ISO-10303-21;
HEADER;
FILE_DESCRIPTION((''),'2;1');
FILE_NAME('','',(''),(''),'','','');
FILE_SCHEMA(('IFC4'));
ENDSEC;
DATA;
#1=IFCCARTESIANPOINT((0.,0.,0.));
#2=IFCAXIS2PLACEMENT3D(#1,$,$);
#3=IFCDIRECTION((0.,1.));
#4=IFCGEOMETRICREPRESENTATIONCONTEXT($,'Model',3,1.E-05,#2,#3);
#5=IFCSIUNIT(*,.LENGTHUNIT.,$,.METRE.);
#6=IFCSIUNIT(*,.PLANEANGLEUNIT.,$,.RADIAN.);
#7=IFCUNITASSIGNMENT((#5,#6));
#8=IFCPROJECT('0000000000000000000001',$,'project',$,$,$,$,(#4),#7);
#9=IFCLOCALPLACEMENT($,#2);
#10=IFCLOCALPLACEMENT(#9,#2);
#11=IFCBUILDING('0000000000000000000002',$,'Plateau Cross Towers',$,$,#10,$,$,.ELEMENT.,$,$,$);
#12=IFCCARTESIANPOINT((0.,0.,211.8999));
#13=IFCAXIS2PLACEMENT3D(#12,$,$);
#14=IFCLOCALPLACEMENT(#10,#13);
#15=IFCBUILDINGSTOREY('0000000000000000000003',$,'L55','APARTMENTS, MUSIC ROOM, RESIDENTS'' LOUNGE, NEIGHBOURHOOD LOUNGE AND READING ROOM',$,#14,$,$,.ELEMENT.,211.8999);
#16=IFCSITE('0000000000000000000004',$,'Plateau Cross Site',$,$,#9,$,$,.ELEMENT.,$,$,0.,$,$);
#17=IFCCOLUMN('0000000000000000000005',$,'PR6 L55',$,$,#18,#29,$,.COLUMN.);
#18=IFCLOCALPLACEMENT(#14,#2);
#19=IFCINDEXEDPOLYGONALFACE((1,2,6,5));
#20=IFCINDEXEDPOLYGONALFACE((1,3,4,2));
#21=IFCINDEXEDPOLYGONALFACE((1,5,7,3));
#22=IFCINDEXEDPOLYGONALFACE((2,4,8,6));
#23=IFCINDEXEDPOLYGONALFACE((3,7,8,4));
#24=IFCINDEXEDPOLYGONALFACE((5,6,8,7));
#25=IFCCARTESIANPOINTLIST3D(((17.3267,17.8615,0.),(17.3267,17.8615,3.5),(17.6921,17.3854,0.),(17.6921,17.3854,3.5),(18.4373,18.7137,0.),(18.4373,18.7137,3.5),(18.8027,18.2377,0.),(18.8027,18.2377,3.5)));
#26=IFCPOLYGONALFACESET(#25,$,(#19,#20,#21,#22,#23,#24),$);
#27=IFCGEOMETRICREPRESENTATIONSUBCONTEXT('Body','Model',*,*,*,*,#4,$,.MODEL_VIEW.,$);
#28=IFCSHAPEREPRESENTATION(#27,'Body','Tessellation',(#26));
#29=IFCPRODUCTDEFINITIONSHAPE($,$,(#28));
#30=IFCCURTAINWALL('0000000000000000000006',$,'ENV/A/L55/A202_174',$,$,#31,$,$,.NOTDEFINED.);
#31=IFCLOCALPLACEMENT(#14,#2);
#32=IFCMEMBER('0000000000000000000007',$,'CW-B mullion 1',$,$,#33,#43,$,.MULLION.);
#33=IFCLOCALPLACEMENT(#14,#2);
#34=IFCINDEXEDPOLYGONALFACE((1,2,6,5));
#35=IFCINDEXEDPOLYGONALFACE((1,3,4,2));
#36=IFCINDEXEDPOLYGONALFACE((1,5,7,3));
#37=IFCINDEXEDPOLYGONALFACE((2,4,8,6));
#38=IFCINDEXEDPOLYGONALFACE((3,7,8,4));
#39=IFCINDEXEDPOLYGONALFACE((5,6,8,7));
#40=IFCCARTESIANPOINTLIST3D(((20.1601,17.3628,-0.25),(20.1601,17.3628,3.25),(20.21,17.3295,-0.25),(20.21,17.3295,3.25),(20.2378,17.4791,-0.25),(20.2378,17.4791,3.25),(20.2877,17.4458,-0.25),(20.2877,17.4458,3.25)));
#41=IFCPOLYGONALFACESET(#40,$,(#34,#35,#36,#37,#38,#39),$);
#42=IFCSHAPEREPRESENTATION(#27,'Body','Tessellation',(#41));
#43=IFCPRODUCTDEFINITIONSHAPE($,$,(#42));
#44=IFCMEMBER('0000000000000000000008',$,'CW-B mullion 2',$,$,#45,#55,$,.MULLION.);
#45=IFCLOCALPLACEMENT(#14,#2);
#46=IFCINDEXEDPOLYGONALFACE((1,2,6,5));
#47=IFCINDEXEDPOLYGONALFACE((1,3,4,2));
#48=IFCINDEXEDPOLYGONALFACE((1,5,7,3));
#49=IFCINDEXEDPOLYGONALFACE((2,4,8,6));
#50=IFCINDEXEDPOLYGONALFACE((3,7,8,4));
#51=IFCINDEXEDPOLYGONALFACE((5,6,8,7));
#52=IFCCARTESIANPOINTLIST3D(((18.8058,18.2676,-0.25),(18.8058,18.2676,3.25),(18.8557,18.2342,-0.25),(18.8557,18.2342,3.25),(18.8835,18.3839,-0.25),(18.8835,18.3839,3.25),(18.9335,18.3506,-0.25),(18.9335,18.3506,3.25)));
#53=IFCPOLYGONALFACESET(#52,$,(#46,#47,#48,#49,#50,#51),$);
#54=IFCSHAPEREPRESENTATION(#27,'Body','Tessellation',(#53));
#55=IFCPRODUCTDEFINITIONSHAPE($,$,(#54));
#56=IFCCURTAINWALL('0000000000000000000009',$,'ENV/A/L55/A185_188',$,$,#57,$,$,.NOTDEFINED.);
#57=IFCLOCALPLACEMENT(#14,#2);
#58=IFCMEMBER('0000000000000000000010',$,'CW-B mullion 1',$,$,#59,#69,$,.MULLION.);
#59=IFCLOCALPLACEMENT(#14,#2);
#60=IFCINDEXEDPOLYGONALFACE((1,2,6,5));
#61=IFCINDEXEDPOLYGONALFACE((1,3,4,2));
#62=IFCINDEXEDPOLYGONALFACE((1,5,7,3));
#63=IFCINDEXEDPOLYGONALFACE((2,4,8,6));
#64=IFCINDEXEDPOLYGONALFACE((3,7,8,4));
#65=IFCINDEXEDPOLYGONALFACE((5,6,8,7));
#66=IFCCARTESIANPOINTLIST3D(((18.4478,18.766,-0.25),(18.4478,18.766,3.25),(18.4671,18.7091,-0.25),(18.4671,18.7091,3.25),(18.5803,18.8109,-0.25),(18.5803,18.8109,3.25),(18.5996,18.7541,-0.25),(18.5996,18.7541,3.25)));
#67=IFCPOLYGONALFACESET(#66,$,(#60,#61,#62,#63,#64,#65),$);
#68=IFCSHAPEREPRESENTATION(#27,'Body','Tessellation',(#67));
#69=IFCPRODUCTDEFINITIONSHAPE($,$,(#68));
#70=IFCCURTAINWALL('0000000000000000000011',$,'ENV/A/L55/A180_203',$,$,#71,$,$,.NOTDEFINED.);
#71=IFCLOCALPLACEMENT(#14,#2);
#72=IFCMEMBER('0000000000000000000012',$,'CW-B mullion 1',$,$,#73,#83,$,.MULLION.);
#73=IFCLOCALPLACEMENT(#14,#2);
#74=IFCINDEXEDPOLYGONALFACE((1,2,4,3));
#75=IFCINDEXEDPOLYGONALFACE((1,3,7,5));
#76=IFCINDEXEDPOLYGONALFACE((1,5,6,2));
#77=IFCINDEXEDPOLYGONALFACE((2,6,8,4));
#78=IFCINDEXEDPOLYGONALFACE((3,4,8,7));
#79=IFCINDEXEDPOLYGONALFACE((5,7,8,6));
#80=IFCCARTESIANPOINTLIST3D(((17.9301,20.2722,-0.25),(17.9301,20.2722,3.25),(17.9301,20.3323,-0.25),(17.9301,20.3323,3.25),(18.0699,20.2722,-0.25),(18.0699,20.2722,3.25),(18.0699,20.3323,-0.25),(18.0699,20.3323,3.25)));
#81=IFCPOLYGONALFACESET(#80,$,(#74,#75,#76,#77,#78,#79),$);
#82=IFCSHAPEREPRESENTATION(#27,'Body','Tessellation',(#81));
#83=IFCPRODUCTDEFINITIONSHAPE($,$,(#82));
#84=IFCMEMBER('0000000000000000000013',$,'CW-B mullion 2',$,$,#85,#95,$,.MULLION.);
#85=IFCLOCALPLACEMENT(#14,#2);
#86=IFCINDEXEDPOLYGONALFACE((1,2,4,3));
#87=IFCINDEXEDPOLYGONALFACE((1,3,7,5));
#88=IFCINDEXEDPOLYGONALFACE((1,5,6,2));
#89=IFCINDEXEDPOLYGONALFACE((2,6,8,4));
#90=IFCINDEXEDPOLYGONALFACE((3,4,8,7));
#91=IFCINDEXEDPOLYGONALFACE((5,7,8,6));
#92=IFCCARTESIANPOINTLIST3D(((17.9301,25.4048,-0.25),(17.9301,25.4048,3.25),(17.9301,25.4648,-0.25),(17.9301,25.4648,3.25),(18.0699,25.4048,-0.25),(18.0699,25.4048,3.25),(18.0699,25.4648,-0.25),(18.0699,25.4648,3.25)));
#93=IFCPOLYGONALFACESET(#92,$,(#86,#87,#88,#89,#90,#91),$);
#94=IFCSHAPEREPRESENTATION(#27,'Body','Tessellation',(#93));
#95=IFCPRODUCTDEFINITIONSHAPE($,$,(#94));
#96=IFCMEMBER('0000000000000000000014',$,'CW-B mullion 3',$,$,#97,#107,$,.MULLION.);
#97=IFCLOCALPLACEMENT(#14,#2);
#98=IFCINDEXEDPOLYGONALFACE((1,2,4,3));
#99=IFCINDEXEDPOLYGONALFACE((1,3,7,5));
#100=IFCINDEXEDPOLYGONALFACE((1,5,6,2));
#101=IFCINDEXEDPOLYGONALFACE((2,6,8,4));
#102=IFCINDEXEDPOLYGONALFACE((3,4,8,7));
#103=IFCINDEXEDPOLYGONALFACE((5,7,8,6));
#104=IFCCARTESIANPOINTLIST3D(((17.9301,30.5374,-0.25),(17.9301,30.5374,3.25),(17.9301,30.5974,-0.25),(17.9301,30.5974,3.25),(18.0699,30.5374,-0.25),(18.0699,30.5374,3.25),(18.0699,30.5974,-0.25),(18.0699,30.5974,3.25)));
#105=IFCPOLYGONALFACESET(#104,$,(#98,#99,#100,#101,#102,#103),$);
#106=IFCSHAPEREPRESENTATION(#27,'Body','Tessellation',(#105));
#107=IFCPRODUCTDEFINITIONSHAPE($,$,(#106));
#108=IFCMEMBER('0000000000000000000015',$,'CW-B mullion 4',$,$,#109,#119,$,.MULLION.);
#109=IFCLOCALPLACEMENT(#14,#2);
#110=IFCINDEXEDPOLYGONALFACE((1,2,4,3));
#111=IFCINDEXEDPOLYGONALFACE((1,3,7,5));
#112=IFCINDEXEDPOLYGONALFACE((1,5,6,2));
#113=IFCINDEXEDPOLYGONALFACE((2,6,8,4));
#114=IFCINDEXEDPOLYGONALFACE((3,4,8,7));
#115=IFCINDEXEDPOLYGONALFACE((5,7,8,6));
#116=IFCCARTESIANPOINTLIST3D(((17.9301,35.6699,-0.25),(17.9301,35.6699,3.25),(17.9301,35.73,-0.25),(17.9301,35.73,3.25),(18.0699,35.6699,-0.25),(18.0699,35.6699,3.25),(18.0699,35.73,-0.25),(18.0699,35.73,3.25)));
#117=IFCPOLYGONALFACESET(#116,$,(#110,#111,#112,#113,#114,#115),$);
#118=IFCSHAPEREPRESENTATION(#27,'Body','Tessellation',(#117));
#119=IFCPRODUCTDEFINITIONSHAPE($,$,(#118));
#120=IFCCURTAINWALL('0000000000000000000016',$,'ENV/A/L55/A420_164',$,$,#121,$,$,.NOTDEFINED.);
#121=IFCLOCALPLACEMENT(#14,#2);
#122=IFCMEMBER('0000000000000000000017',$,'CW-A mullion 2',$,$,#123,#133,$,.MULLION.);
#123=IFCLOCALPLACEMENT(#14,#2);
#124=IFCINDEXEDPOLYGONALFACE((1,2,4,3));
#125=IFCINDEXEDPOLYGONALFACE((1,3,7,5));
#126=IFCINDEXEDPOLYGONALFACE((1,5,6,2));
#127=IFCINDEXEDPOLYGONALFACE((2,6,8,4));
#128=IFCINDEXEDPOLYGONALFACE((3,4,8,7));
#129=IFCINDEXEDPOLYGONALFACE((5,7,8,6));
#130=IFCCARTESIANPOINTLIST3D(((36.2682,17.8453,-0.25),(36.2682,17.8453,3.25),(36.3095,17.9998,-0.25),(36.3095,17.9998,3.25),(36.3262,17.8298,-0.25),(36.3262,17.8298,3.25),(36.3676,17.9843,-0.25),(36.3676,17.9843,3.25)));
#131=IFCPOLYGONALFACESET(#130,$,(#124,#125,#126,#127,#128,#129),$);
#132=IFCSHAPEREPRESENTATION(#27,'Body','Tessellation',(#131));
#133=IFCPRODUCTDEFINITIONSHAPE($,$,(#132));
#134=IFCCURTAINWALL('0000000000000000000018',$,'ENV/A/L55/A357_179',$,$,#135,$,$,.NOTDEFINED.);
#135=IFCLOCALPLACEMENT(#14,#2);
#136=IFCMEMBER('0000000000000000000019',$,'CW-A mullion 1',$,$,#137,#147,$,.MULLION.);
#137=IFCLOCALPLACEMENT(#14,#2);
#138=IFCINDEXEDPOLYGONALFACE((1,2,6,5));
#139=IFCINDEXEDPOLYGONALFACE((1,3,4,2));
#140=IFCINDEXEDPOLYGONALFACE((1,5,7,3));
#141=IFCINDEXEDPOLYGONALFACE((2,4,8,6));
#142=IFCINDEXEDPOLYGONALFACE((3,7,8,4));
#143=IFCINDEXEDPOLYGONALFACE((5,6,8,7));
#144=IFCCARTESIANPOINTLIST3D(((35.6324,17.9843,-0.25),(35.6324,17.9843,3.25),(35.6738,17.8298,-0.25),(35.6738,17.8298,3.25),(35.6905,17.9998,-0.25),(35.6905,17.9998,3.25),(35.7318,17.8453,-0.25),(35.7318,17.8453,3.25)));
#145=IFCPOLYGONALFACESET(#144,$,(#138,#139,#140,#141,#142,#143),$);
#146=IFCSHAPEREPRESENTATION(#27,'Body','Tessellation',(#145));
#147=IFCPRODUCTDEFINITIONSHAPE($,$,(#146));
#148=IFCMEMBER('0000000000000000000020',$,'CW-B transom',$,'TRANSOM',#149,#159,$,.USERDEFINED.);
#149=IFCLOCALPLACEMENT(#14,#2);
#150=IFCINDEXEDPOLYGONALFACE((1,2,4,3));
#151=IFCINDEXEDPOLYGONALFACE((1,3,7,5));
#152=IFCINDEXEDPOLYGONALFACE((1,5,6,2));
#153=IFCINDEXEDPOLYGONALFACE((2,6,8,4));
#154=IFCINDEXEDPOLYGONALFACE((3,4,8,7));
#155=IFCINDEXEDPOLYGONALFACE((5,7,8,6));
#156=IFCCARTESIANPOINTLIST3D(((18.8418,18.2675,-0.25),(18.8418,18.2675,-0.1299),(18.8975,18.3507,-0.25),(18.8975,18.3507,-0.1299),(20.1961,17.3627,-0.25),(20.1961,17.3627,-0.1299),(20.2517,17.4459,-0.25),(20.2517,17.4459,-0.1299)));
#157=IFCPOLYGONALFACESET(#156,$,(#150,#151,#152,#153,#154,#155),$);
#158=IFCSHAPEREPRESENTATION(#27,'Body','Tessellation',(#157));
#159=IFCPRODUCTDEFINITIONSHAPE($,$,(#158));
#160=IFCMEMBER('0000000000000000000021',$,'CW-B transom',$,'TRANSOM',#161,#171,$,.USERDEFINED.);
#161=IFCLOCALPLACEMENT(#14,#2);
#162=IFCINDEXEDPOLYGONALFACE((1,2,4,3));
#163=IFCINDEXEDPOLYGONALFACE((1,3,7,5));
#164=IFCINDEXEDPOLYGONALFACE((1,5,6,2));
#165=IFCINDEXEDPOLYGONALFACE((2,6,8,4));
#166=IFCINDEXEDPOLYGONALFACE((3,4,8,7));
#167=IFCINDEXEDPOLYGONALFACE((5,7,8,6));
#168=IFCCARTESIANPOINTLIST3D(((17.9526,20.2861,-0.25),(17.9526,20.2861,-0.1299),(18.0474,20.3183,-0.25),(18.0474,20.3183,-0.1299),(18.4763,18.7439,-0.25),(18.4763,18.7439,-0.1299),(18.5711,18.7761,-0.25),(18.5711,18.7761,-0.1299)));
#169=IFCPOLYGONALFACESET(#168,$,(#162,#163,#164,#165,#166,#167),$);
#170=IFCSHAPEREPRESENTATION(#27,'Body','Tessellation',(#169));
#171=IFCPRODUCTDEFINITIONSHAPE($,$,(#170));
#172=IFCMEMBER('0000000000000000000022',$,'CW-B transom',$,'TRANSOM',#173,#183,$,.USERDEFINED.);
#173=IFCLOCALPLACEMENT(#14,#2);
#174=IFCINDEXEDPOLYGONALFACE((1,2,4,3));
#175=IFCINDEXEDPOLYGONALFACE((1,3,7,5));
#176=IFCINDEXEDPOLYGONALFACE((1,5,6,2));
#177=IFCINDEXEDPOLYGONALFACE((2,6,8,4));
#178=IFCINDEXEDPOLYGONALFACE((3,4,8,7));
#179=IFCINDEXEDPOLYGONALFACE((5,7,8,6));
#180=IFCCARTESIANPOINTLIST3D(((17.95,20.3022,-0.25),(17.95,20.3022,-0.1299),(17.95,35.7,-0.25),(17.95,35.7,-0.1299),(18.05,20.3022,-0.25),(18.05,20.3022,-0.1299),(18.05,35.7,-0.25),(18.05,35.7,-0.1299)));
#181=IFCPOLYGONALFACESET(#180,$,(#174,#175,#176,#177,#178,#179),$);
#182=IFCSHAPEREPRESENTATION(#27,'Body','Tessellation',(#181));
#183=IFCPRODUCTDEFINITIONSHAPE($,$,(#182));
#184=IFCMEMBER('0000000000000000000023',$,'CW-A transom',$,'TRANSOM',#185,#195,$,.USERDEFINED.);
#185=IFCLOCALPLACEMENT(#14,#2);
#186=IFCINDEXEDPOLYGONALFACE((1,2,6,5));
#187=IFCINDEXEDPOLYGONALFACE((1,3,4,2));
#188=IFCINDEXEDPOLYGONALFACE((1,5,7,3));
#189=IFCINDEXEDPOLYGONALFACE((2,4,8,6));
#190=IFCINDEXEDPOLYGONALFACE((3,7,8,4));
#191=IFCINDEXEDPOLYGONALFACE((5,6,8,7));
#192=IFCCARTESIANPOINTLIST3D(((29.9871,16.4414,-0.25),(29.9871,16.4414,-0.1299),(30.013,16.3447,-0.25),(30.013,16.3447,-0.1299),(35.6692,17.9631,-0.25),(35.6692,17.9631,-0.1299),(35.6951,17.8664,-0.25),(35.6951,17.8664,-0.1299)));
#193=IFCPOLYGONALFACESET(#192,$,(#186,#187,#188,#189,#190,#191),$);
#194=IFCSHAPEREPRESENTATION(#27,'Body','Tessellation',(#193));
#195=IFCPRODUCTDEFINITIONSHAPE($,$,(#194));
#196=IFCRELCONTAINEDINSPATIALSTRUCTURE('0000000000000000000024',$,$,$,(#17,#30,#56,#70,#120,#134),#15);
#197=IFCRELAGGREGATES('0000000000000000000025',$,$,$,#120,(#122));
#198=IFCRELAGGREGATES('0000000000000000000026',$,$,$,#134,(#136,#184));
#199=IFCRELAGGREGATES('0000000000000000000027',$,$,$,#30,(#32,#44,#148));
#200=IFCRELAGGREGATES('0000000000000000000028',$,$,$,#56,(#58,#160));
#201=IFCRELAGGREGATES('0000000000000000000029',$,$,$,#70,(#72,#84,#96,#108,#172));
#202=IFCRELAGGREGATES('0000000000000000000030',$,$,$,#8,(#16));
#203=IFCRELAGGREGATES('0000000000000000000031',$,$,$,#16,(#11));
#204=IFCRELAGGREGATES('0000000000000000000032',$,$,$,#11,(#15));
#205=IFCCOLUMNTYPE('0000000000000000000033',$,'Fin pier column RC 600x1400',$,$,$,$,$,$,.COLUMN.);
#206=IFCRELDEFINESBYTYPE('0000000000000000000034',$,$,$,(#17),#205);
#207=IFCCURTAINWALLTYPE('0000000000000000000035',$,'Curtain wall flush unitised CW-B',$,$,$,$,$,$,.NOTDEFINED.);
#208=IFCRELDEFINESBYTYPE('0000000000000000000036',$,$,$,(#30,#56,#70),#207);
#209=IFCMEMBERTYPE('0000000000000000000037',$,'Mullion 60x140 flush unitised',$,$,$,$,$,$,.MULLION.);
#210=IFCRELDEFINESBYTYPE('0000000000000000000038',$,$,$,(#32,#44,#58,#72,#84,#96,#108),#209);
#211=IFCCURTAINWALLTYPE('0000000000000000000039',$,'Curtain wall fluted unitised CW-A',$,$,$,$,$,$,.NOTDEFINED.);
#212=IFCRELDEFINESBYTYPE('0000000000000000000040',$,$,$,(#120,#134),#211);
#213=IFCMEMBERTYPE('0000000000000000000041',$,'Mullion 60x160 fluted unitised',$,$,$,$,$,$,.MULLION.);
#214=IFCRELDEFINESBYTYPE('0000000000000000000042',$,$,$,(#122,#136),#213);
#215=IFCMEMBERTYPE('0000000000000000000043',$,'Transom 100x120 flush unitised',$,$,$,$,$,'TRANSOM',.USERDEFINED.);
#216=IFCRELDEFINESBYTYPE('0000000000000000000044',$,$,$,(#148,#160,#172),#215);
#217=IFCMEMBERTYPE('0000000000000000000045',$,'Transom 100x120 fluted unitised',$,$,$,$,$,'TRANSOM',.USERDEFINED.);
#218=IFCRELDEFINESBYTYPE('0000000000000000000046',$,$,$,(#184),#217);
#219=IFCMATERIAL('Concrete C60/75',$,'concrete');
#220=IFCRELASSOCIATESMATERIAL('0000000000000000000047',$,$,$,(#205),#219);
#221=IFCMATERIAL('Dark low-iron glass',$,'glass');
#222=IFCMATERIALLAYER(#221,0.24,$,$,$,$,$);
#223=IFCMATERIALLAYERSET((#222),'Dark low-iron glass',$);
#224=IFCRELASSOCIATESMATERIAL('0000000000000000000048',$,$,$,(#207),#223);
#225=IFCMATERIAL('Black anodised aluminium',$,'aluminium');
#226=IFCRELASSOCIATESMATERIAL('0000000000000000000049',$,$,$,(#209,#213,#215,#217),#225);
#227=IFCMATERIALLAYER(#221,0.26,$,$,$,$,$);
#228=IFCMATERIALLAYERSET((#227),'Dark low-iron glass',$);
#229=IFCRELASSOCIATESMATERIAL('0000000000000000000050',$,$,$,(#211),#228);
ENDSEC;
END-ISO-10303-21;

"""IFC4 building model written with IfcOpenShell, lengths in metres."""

from ifc_helpers import new_model, si_unit, direction, frame, origin, origin_2d, place, context, subcontext, project, spatial, rectangle, extrude, material, layer, layer_set, material_profile, profile_set, type_object, element, aggregate, save


model = new_model("IFC4")

# Units and contexts
model_context = context("Model", 3, precision=1e-05, world=origin(), true_north=direction((0.0, 1.0)))
body_context = subcontext(model_context, "Body", "Model", "MODEL_VIEW")
ifc_project = project(units=[si_unit("LENGTHUNIT", "METRE"), si_unit("PLANEANGLEUNIT", "RADIAN")], contexts=[model_context])

# Site, building, storey
site_placement = place(None, origin())
site = spatial("IfcSite", under=ifc_project, at=site_placement, Name="Plateau Cross Site", CompositionType="ELEMENT", RefElevation=0.0)
building_placement = place(site_placement, origin())
building = spatial("IfcBuilding", under=site, at=building_placement, Name="Plateau Cross Towers", CompositionType="ELEMENT")
storey_placement = place(building_placement, frame((0.0, 0.0, 211.8999)))
storey = spatial("IfcBuildingStorey", under=building, at=storey_placement, Name="L55", Description="APARTMENTS, MUSIC ROOM, RESIDENTS' LOUNGE, NEIGHBOURHOOD LOUNGE AND READING ROOM", CompositionType="ELEMENT", Elevation=211.8999)

# Column
ifc_material_1 = material(Name="Concrete C60/75", Category="concrete")
ifc_material_profile_1 = material_profile(ifc_material_1, rectangle(XDim=0.6001, YDim=1.3999, at=origin_2d()), Name="RC 600x1400")
ifc_profile_set_1 = profile_set([ifc_material_profile_1], Name="Concrete C60/75")
column_type = type_object("IfcColumnType", Name="Fin pier column RC 600x1400", PredefinedType="COLUMN", material=ifc_profile_set_1)
column_placement = place(storey_placement, frame((18.0647, 18.0496, 0.0), z_axis=(0.0, 0.0, 1.0), x_axis=(-0.608811, 0.793315, 0.0)))
element("IfcColumn", 1, at=column_placement, inside=storey, type_object=column_type, Name="PR6 L55", PredefinedType="COLUMN", context=body_context, shape_type="SweptSolid", body=[
    extrude(rectangle(XDim=0.6001, YDim=1.3999, at=origin_2d()), origin(), (0.0, 0.0, 1.0), 3.5),
])

# Curtain wall, members
ifc_material_2 = material(Name="Dark low-iron glass", Category="glass")
ifc_layer_1 = layer(ifc_material_2, 0.24)
ifc_layer_set_1 = layer_set([ifc_layer_1], Name="Dark low-iron glass")
curtain_wall_type_1 = type_object("IfcCurtainWallType", Name="Curtain wall flush unitised CW-B", PredefinedType="NOTDEFINED", material=ifc_layer_set_1)
curtain_wall_1_placement = place(storey_placement, origin())
curtain_wall_1 = element("IfcCurtainWall", 2, at=curtain_wall_1_placement, inside=storey, type_object=curtain_wall_type_1, Name="ENV/A/L55/A202_174", PredefinedType="NOTDEFINED")
ifc_material_3 = material(Name="Black anodised aluminium", Category="aluminium")
ifc_material_profile_2 = material_profile(ifc_material_3, rectangle(XDim=0.0601, YDim=0.1399, at=origin_2d()), Name="MULLION 60x140")
ifc_profile_set_2 = profile_set([ifc_material_profile_2], Name="Black anodised aluminium")
member_type_1 = type_object("IfcMemberType", Name="Mullion 60x140 flush unitised", PredefinedType="MULLION", material=ifc_profile_set_2)
member_1_placement = place(storey_placement, frame((20.2239, 17.4043, -0.25), z_axis=(0.0, 0.0, 1.0), x_axis=(-0.831521, 0.555493, 0.0)))
member_1 = element("IfcMember", 3, at=member_1_placement, type_object=member_type_1, Name="CW-B mullion 1", PredefinedType="MULLION", context=body_context, shape_type="SweptSolid", body=[
    extrude(rectangle(XDim=0.0601, YDim=0.1399, at=origin_2d()), origin(), (0.0, 0.0, 1.0), 3.5),
])
member_2_placement = place(storey_placement, frame((18.8696, 18.3091, -0.25), z_axis=(0.0, 0.0, 1.0), x_axis=(-0.831521, 0.555493, 0.0)))
member_2 = element("IfcMember", 4, at=member_2_placement, type_object=member_type_1, Name="CW-B mullion 2", PredefinedType="MULLION", context=body_context, shape_type="SweptSolid", body=[
    extrude(rectangle(XDim=0.0601, YDim=0.1399, at=origin_2d()), origin(), (0.0, 0.0, 1.0), 3.5),
])

# Curtain wall, member
curtain_wall_2_placement = place(storey_placement, origin())
curtain_wall_2 = element("IfcCurtainWall", 5, at=curtain_wall_2_placement, inside=storey, type_object=curtain_wall_type_1, Name="ENV/A/L55/A185_188", PredefinedType="NOTDEFINED")
member_3_placement = place(storey_placement, frame((18.5237, 18.76, -0.25), z_axis=(0.0, 0.0, 1.0), x_axis=(-0.321469, 0.94692, 0.0)))
member_3 = element("IfcMember", 6, at=member_3_placement, type_object=member_type_1, Name="CW-B mullion 1", PredefinedType="MULLION", context=body_context, shape_type="SweptSolid", body=[
    extrude(rectangle(XDim=0.0601, YDim=0.1399, at=origin_2d()), origin(), (0.0, 0.0, 1.0), 3.5),
])

# Curtain wall, members
curtain_wall_3_placement = place(storey_placement, origin())
curtain_wall_3 = element("IfcCurtainWall", 7, at=curtain_wall_3_placement, inside=storey, type_object=curtain_wall_type_1, Name="ENV/A/L55/A180_203", PredefinedType="NOTDEFINED")
member_4_placement = place(storey_placement, frame((18.0, 20.3022, -0.25), z_axis=(0.0, 0.0, 1.0), x_axis=(0.0, 1.0, 0.0)))
member_4 = element("IfcMember", 8, at=member_4_placement, type_object=member_type_1, Name="CW-B mullion 1", PredefinedType="MULLION", context=body_context, shape_type="SweptSolid", body=[
    extrude(rectangle(XDim=0.0601, YDim=0.1399, at=origin_2d()), origin(), (0.0, 0.0, 1.0), 3.5),
])
member_5_placement = place(storey_placement, frame((18.0, 25.4348, -0.25), z_axis=(0.0, 0.0, 1.0), x_axis=(0.0, 1.0, 0.0)))
member_5 = element("IfcMember", 9, at=member_5_placement, type_object=member_type_1, Name="CW-B mullion 2", PredefinedType="MULLION", context=body_context, shape_type="SweptSolid", body=[
    extrude(rectangle(XDim=0.0601, YDim=0.1399, at=origin_2d()), origin(), (0.0, 0.0, 1.0), 3.5),
])
member_6_placement = place(storey_placement, frame((18.0, 30.5674, -0.25), z_axis=(0.0, 0.0, 1.0), x_axis=(0.0, 1.0, 0.0)))
member_6 = element("IfcMember", 10, at=member_6_placement, type_object=member_type_1, Name="CW-B mullion 3", PredefinedType="MULLION", context=body_context, shape_type="SweptSolid", body=[
    extrude(rectangle(XDim=0.0601, YDim=0.1399, at=origin_2d()), origin(), (0.0, 0.0, 1.0), 3.5),
])
member_7_placement = place(storey_placement, frame((18.0, 35.7, -0.25), z_axis=(0.0, 0.0, 1.0), x_axis=(0.0, 1.0, 0.0)))
member_7 = element("IfcMember", 11, at=member_7_placement, type_object=member_type_1, Name="CW-B mullion 4", PredefinedType="MULLION", context=body_context, shape_type="SweptSolid", body=[
    extrude(rectangle(XDim=0.0601, YDim=0.1399, at=origin_2d()), origin(), (0.0, 0.0, 1.0), 3.5),
])

# Curtain walls, members
ifc_layer_2 = layer(ifc_material_2, 0.26)
ifc_layer_set_2 = layer_set([ifc_layer_2], Name="Dark low-iron glass")
curtain_wall_type_2 = type_object("IfcCurtainWallType", Name="Curtain wall fluted unitised CW-A", PredefinedType="NOTDEFINED", material=ifc_layer_set_2)
curtain_wall_4_placement = place(storey_placement, origin())
curtain_wall_4 = element("IfcCurtainWall", 12, at=curtain_wall_4_placement, inside=storey, type_object=curtain_wall_type_2, Name="ENV/A/L55/A420_164", PredefinedType="NOTDEFINED")
ifc_material_profile_3 = material_profile(ifc_material_3, rectangle(XDim=0.0601, YDim=0.1599, at=origin_2d()), Name="MULLION 60x160")
ifc_profile_set_3 = profile_set([ifc_material_profile_3], Name="Black anodised aluminium")
member_type_2 = type_object("IfcMemberType", Name="Mullion 60x160 fluted unitised", PredefinedType="MULLION", material=ifc_profile_set_3)
member_8_placement = place(storey_placement, frame((36.3179, 17.9148, -0.25), z_axis=(0.0, 0.0, 1.0), x_axis=(-0.965958, 0.258699, 0.0)))
member_8 = element("IfcMember", 13, at=member_8_placement, type_object=member_type_2, Name="CW-A mullion 2", PredefinedType="MULLION", context=body_context, shape_type="SweptSolid", body=[
    extrude(rectangle(XDim=0.0601, YDim=0.1599, at=origin_2d()), origin(), (0.0, 0.0, 1.0), 3.5),
])
aggregate(curtain_wall_4, [member_8])
curtain_wall_5_placement = place(storey_placement, origin())
curtain_wall_5 = element("IfcCurtainWall", 14, at=curtain_wall_5_placement, inside=storey, type_object=curtain_wall_type_2, Name="ENV/A/L55/A357_179", PredefinedType="NOTDEFINED")
member_9_placement = place(storey_placement, frame((35.6821, 17.9148, -0.25), z_axis=(0.0, 0.0, 1.0), x_axis=(-0.965958, -0.258699, 0.0)))
member_9 = element("IfcMember", 15, at=member_9_placement, type_object=member_type_2, Name="CW-A mullion 1", PredefinedType="MULLION", context=body_context, shape_type="SweptSolid", body=[
    extrude(rectangle(XDim=0.0601, YDim=0.1599, at=origin_2d()), origin(), (0.0, 0.0, 1.0), 3.5),
])

# Members
ifc_material_profile_4 = material_profile(ifc_material_3, rectangle(XDim=0.1001, YDim=0.1201, at=origin_2d()), Name="TRANSOM 100x120")
ifc_profile_set_4 = profile_set([ifc_material_profile_4], Name="Black anodised aluminium")
member_type_3 = type_object("IfcMemberType", Name="Transom 100x120 flush unitised", ElementType="TRANSOM", PredefinedType="USERDEFINED", material=ifc_profile_set_4)
member_10_placement = place(storey_placement, frame((20.2239, 17.4043, -0.1899), z_axis=(-0.831496, 0.55553, 0.0), x_axis=(-0.55553, -0.831496, 0.0)))
member_10 = element("IfcMember", 16, at=member_10_placement, type_object=member_type_3, Name="CW-B transom", ObjectType="TRANSOM", PredefinedType="USERDEFINED", context=body_context, shape_type="SweptSolid", body=[
    extrude(rectangle(XDim=0.1001, YDim=0.1201, at=origin_2d()), origin(), (0.0, 0.0, 1.0), 1.6287),
])
member_11_placement = place(storey_placement, frame((18.5237, 18.76, -0.1899), z_axis=(-0.321529, 0.9469, 0.0), x_axis=(-0.9469, -0.321529, 0.0)))
member_11 = element("IfcMember", 17, at=member_11_placement, type_object=member_type_3, Name="CW-B transom", ObjectType="TRANSOM", PredefinedType="USERDEFINED", context=body_context, shape_type="SweptSolid", body=[
    extrude(rectangle(XDim=0.1001, YDim=0.1201, at=origin_2d()), origin(), (0.0, 0.0, 1.0), 1.6287),
])
member_12_placement = place(storey_placement, frame((18.0, 20.3022, -0.1899), z_axis=(0.0, 1.0, 0.0), x_axis=(-1.0, 0.0, 0.0)))
member_12 = element("IfcMember", 18, at=member_12_placement, type_object=member_type_3, Name="CW-B transom", ObjectType="TRANSOM", PredefinedType="USERDEFINED", context=body_context, shape_type="SweptSolid", body=[
    extrude(rectangle(XDim=0.1001, YDim=0.1201, at=origin_2d()), origin(), (0.0, 0.0, 1.0), 15.3977),
])
ifc_material_profile_5 = material_profile(ifc_material_3, rectangle(XDim=0.1001, YDim=0.1201, at=origin_2d()), Name="TRANSOM 100x120")
ifc_profile_set_5 = profile_set([ifc_material_profile_5], Name="Black anodised aluminium")
member_type_4 = type_object("IfcMemberType", Name="Transom 100x120 fluted unitised", ElementType="TRANSOM", PredefinedType="USERDEFINED", material=ifc_profile_set_5)
member_13_placement = place(storey_placement, frame((35.6821, 17.9148, -0.1899), z_axis=(-0.96596, -0.258693, 0.0), x_axis=(0.258693, -0.96596, 0.0)))
member_13 = element("IfcMember", 19, at=member_13_placement, type_object=member_type_4, Name="CW-A transom", ObjectType="TRANSOM", PredefinedType="USERDEFINED", context=body_context, shape_type="SweptSolid", body=[
    extrude(rectangle(XDim=0.1001, YDim=0.1201, at=origin_2d()), origin(), (0.0, 0.0, 1.0), 5.8823),
])
aggregate(curtain_wall_5, [member_9, member_13])

aggregate(curtain_wall_1, [member_1, member_2, member_10])
aggregate(curtain_wall_2, [member_3, member_11])
aggregate(curtain_wall_3, [member_4, member_5, member_6, member_7, member_12])

save(model, "model.ifc")
